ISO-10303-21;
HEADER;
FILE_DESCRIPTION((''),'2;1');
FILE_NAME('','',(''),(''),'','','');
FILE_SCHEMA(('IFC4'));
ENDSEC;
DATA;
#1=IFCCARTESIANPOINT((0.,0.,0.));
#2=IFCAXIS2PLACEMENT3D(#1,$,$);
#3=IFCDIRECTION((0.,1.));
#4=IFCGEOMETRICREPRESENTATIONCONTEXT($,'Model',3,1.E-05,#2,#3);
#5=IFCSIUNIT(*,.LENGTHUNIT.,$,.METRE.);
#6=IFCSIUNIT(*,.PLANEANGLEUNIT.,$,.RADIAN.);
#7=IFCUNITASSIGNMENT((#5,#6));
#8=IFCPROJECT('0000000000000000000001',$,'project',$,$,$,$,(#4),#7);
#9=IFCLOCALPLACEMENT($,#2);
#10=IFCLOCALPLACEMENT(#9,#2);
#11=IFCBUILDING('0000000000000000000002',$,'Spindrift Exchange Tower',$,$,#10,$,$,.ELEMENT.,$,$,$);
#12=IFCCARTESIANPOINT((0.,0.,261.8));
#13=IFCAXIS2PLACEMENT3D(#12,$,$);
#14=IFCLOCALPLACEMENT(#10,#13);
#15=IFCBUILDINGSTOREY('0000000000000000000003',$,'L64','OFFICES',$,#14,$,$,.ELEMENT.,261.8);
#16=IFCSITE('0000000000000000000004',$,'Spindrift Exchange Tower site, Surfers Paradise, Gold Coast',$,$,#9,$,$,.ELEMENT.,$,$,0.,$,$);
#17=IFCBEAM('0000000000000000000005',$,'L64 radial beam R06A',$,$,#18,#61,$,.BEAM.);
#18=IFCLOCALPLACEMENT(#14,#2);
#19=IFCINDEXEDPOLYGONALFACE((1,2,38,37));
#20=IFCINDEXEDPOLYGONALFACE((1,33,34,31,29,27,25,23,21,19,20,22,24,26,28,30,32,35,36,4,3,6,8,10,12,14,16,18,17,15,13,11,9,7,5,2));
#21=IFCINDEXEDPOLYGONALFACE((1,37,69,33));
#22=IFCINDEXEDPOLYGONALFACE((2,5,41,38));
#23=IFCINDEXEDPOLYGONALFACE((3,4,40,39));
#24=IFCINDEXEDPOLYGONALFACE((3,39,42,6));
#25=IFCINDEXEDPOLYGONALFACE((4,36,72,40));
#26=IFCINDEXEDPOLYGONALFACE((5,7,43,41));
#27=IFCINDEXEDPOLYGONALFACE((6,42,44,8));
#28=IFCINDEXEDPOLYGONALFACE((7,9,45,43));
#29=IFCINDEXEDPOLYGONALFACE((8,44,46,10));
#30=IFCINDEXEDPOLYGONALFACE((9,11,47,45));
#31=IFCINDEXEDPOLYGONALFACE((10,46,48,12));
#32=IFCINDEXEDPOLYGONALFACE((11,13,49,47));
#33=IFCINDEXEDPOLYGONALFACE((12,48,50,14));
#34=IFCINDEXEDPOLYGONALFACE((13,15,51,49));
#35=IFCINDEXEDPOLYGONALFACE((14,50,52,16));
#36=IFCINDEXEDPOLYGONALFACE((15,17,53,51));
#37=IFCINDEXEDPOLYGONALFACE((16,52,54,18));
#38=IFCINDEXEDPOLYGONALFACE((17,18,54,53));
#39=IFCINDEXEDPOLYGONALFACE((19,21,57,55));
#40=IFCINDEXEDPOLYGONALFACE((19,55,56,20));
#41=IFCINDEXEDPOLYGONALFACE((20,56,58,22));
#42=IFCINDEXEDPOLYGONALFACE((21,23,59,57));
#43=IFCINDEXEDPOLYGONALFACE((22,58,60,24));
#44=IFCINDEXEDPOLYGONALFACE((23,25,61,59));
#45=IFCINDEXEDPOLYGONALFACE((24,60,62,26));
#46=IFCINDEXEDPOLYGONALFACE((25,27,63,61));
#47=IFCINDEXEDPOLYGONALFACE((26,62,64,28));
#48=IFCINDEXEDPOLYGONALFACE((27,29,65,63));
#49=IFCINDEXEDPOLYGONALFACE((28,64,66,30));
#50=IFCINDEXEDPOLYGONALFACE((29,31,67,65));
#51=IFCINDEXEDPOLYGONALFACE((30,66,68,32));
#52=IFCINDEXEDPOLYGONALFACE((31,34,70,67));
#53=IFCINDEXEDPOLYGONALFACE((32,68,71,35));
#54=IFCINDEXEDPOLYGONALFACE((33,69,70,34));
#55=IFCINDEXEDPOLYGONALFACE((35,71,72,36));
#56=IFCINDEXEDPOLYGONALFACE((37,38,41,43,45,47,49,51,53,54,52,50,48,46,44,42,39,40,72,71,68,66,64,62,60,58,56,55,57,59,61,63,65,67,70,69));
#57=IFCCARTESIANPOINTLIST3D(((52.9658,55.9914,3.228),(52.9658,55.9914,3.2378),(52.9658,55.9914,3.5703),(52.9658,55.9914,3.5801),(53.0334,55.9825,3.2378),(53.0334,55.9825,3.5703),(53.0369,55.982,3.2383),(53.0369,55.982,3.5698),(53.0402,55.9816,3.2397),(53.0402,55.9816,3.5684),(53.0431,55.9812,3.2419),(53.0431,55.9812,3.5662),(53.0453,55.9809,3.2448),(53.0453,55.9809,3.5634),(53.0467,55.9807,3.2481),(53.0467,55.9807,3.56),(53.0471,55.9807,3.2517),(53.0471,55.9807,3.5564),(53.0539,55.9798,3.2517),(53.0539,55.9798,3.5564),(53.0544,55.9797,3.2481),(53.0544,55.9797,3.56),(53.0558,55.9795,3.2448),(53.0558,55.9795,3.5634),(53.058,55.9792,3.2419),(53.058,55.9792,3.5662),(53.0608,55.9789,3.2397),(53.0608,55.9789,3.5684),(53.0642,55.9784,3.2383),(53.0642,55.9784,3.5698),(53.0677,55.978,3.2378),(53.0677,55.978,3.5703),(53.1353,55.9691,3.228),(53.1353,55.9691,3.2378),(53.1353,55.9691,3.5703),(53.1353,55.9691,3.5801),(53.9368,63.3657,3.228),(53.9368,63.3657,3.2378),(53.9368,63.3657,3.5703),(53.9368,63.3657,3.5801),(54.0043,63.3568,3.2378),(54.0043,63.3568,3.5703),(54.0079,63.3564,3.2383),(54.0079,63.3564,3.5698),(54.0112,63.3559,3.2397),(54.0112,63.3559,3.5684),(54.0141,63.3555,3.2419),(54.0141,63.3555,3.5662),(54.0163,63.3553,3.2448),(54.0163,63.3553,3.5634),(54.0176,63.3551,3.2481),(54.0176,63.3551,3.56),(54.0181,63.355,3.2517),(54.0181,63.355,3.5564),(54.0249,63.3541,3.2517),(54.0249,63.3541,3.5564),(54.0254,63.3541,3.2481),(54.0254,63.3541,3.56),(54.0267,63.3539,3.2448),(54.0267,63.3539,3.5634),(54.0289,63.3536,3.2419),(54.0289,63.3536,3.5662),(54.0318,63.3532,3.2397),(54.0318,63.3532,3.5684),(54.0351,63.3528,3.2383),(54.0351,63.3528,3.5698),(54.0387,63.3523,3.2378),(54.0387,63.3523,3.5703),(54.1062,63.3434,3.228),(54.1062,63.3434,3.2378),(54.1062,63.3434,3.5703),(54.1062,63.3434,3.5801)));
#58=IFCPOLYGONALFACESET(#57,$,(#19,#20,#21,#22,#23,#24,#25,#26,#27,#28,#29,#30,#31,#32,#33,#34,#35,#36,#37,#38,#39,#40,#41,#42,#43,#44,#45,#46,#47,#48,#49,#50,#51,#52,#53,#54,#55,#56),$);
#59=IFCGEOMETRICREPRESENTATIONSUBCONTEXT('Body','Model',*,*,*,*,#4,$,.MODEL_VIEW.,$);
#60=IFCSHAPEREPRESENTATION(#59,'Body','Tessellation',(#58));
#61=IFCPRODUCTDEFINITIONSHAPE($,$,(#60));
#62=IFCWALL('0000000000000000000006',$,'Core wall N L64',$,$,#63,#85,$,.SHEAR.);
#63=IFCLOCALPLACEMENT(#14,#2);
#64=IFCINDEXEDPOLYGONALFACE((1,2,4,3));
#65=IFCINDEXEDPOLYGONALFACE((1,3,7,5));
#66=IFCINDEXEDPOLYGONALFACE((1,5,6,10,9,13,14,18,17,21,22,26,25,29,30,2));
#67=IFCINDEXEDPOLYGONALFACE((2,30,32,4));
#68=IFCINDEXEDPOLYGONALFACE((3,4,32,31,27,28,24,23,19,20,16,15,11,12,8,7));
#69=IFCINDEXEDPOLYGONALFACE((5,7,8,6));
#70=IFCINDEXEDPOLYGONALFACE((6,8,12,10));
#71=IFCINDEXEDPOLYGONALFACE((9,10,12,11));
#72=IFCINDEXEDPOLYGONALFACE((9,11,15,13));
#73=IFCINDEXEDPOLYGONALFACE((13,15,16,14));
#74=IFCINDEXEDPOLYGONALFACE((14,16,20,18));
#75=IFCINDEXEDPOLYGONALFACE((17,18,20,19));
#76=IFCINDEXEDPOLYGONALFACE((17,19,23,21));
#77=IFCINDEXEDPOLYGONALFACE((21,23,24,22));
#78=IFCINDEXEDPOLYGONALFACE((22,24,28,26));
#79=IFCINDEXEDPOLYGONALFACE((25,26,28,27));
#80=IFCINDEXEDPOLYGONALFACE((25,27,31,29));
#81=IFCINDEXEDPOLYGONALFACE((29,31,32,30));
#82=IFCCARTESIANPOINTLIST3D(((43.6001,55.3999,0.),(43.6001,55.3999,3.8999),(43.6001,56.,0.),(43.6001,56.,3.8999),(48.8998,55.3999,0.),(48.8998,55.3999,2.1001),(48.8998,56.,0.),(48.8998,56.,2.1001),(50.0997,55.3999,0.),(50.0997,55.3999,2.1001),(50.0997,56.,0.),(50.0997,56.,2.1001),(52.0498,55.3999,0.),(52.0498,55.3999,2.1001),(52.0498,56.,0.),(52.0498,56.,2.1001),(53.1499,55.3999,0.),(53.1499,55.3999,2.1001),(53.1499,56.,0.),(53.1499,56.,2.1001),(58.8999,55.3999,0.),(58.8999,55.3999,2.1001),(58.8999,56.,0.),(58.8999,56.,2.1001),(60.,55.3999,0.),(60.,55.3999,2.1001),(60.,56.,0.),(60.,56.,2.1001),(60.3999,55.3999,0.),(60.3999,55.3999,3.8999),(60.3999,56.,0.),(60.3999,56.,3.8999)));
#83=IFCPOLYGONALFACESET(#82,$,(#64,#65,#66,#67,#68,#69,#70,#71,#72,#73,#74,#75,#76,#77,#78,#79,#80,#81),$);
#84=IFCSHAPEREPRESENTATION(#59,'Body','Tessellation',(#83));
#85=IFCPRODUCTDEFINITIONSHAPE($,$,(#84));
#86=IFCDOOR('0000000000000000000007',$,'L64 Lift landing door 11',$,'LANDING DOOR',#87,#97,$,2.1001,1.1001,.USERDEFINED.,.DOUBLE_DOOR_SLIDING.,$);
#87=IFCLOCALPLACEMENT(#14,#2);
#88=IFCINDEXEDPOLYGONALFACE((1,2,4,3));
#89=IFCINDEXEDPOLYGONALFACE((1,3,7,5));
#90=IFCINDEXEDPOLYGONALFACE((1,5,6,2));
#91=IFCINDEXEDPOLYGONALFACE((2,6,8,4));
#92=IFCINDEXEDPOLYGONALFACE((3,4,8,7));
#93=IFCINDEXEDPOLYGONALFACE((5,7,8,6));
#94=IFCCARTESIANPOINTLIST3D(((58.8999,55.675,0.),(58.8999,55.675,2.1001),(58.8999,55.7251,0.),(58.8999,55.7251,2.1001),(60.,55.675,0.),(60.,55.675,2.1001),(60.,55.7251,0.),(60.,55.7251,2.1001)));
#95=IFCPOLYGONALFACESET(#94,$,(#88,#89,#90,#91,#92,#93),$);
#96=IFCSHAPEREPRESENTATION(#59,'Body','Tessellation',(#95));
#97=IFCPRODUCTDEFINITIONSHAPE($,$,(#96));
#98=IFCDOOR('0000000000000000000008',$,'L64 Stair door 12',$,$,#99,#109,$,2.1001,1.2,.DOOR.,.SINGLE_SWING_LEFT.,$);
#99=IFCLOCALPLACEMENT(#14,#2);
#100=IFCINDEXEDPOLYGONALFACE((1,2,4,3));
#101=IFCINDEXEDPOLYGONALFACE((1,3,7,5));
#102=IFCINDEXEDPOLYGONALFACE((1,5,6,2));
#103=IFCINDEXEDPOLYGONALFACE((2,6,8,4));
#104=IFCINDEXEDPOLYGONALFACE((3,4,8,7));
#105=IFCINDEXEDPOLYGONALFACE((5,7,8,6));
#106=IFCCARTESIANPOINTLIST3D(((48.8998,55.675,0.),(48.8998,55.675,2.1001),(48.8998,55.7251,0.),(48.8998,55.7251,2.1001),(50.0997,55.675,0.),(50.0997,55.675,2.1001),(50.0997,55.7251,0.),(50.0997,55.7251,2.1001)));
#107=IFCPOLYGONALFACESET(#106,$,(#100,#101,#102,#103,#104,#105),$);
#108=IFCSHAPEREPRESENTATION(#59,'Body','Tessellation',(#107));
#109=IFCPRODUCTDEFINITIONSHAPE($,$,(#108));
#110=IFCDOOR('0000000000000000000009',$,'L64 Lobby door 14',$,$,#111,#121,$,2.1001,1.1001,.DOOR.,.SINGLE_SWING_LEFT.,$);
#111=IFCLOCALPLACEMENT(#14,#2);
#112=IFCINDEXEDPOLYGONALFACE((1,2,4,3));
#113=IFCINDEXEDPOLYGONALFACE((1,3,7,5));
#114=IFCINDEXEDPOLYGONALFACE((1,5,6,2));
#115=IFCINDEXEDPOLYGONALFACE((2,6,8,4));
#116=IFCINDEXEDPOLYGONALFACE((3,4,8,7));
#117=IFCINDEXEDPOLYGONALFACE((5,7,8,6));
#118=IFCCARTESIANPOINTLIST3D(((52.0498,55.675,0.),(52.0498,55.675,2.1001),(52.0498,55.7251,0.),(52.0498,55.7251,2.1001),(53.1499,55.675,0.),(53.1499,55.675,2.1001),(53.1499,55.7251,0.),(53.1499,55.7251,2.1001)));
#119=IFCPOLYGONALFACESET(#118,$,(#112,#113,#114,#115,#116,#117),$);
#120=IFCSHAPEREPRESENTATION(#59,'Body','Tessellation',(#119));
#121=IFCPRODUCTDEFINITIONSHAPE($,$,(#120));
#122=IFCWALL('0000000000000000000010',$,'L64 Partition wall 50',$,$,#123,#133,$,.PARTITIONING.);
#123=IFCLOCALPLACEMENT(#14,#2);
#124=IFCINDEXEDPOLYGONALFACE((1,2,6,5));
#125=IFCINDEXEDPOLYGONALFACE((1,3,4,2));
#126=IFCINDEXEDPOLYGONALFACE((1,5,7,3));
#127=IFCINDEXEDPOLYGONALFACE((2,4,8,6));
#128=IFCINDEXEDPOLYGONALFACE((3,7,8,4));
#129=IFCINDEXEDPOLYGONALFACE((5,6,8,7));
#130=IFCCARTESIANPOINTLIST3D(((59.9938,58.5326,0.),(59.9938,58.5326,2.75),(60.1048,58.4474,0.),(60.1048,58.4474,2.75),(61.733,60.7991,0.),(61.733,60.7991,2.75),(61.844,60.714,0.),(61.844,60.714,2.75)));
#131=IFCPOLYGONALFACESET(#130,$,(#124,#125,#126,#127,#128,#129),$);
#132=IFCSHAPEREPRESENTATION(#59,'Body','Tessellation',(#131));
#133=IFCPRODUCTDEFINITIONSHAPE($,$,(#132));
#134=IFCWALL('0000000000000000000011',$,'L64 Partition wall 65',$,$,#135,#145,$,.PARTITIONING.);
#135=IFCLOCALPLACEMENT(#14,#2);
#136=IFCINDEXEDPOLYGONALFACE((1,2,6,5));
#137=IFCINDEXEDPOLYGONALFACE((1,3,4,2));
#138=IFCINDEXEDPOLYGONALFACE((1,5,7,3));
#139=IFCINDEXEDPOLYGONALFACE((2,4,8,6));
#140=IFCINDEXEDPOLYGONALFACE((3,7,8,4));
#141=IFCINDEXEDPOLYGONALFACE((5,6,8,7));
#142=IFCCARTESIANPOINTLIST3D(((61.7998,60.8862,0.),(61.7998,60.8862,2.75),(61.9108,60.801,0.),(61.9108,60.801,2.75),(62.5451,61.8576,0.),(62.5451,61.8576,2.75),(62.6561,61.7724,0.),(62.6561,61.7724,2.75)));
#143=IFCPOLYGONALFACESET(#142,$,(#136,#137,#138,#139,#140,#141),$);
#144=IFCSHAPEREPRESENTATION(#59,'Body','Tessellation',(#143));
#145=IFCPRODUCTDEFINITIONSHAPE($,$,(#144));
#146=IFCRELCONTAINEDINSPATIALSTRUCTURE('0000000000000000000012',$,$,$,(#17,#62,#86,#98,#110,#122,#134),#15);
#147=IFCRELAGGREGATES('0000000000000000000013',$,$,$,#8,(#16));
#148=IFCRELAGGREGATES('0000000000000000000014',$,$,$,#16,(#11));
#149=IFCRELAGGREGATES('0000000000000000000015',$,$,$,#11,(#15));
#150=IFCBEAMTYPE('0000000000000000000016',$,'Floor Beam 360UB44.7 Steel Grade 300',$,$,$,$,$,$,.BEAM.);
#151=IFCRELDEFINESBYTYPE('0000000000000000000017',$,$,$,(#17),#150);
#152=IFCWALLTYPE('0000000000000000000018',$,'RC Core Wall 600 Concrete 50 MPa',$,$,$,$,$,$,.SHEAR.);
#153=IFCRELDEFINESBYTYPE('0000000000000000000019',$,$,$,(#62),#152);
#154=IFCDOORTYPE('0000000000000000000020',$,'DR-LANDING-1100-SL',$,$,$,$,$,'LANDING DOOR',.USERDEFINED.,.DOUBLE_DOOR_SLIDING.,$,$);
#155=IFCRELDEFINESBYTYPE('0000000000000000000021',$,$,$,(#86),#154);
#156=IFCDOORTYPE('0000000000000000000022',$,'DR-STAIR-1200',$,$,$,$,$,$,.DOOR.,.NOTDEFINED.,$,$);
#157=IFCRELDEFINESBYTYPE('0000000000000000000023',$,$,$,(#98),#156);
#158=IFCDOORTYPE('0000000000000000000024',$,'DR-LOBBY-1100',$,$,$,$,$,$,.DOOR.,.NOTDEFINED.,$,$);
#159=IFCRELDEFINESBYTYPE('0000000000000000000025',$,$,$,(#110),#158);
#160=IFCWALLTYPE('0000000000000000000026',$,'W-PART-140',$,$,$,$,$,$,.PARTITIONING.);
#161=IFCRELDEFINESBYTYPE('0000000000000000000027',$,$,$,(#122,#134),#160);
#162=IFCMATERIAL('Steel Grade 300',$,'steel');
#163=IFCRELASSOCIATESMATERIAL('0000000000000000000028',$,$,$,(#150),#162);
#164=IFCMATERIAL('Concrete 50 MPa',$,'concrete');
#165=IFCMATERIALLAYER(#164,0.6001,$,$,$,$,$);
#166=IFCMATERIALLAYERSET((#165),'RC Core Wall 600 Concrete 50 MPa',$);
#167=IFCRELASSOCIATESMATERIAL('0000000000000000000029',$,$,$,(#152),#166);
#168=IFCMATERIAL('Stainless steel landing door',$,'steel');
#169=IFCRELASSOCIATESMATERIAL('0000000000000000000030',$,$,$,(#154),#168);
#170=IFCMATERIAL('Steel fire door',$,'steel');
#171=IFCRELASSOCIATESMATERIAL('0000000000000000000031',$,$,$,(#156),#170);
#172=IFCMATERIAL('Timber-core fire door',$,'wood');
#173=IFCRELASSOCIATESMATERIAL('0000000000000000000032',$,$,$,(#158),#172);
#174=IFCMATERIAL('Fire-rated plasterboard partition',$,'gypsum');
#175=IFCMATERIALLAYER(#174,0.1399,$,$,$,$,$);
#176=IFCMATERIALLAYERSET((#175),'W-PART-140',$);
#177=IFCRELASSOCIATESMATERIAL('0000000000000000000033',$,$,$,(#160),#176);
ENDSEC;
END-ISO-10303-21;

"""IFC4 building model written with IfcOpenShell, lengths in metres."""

from ifc_helpers import new_model, si_unit, direction, frame, frame_2d, origin, origin_2d, place, context, subcontext, project, spatial, rectangle, i_section, extrude, source, transform, mapped, material, layer, layer_set, material_profile, profile_set, type_object, element, fill, save


model = new_model("IFC4")

# Units and contexts
model_context = context("Model", 3, precision=1e-05, world=origin(), true_north=direction((0.0, 1.0)))
body_context = subcontext(model_context, "Body", "Model", "MODEL_VIEW")
ifc_project = project(units=[si_unit("LENGTHUNIT", "METRE"), si_unit("PLANEANGLEUNIT", "RADIAN")], contexts=[model_context])

# Site, building, storey
site_placement = place(None, origin())
site = spatial("IfcSite", under=ifc_project, at=site_placement, Name="Spindrift Exchange Tower site, Surfers Paradise, Gold Coast", CompositionType="ELEMENT", RefElevation=0.0)
building_placement = place(site_placement, origin())
building = spatial("IfcBuilding", under=site, at=building_placement, Name="Spindrift Exchange Tower", CompositionType="ELEMENT")
storey_placement = place(building_placement, frame((0.0, 0.0, 261.8)))
storey = spatial("IfcBuildingStorey", under=building, at=storey_placement, Name="L64", Description="OFFICES", CompositionType="ELEMENT", Elevation=261.8)

# Beam
ifc_material_1 = material(Name="Steel Grade 300", Category="steel")
ifc_material_profile_1 = material_profile(ifc_material_1, i_section(OverallWidth=0.1709, OverallDepth=0.3521, WebThickness=0.0068, FlangeThickness=0.0098, FilletRadius=0.0139, at=origin_2d()), Name="360UB44.7")
ifc_profile_set_1 = profile_set([ifc_material_profile_1], Name="Steel Grade 300")
beam_type_1 = type_object("IfcBeamType", Name="Floor Beam 360UB44.7 Steel Grade 300", PredefinedType="BEAM", material=ifc_profile_set_1)
shared_shape_1 = source(origin(), body_context, "Body", "SweptSolid", [
    extrude(i_section(OverallWidth=0.1709, OverallDepth=0.3521, WebThickness=0.0068, FlangeThickness=0.0098, FilletRadius=0.0139, at=origin_2d()), origin(), (0.0, 0.0, 1.0), 7.438),
])
beam_1_placement = place(storey_placement, frame((53.0505, 55.9802, 3.4041), z_axis=(0.13054, 0.991443, 0.0), x_axis=(-0.991443, 0.13054, 0.0)))
element("IfcBeam", 1, at=beam_1_placement, inside=storey, type_object=beam_type_1, Name="L64 radial beam R06A", PredefinedType="BEAM", context=body_context, shape_type="MappedRepresentation", body=[
    mapped(shared_shape_1, transform((0.0, 0.0, 0.0), scale=1.0)),
])

# Wall, openings, doors
ifc_material_2 = material(Name="Concrete 50 MPa", Category="concrete")
ifc_layer_1 = layer(ifc_material_2, 0.6001)
ifc_layer_set_1 = layer_set([ifc_layer_1], Name="RC Core Wall 600 Concrete 50 MPa")
wall_type_1 = type_object("IfcWallType", Name="RC Core Wall 600 Concrete 50 MPa", PredefinedType="SHEAR", material=ifc_layer_set_1)
wall_1_placement = place(storey_placement, frame((60.3999, 55.7, 0.0), z_axis=(0.0, 0.0, 1.0), x_axis=(-1.0, 0.0, 0.0)))
wall_1 = element("IfcWall", 2, at=wall_1_placement, inside=storey, type_object=wall_type_1, Name="Core wall N L64", PredefinedType="SHEAR", context=body_context, shape_type="SweptSolid", body=[
    extrude(rectangle(XDim=16.7998, YDim=0.6001, at=frame_2d((8.3999, 0.0))), origin(), (0.0, 0.0, 1.0), 3.8999),
])
opening_1_placement = place(wall_1_placement, frame((0.3999, 0.0, 0.0)))
opening_1 = element("IfcOpeningElement", 3, at=opening_1_placement, cuts=wall_1, PredefinedType="OPENING", context=body_context, shape_type="SweptSolid", body=[
    extrude(rectangle(XDim=1.1001, YDim=2.1001, at=frame_2d((0.55, 1.05))), frame((0.0, 0.3101, 0.0), z_axis=(0.0, -1.0, 0.0), x_axis=(1.0, 0.0, 0.0)), (0.0, 0.0, 1.0), 0.6201),
])
opening_2_placement = place(wall_1_placement, frame((10.3, 0.0, 0.0)))
opening_2 = element("IfcOpeningElement", 4, at=opening_2_placement, cuts=wall_1, PredefinedType="OPENING", context=body_context, shape_type="SweptSolid", body=[
    extrude(rectangle(XDim=1.2, YDim=2.1001, at=frame_2d((0.6001, 1.05))), frame((0.0, 0.3101, 0.0), z_axis=(0.0, -1.0, 0.0), x_axis=(1.0, 0.0, 0.0)), (0.0, 0.0, 1.0), 0.6201),
])
opening_3_placement = place(wall_1_placement, frame((7.25, 0.0, 0.0)))
opening_3 = element("IfcOpeningElement", 5, at=opening_3_placement, cuts=wall_1, PredefinedType="OPENING", context=body_context, shape_type="SweptSolid", body=[
    extrude(rectangle(XDim=1.1001, YDim=2.1001, at=frame_2d((0.55, 1.05))), frame((0.0, 0.3101, 0.0), z_axis=(0.0, -1.0, 0.0), x_axis=(1.0, 0.0, 0.0)), (0.0, 0.0, 1.0), 0.6201),
])
ifc_material_3 = material(Name="Stainless steel landing door", Category="steel")
door_type_1 = type_object("IfcDoorType", Name="DR-LANDING-1100-SL", ElementType="LANDING DOOR", OperationType="DOUBLE_DOOR_SLIDING", PredefinedType="USERDEFINED", material=ifc_material_3)
shared_shape_2 = source(origin(), body_context, "Body", "SweptSolid", [
    extrude(rectangle(XDim=1.1001, YDim=2.1001, at=frame_2d((0.55, 1.05))), frame((0.0, 0.0249, 0.0), z_axis=(0.0, -1.0, 0.0), x_axis=(1.0, 0.0, 0.0)), (0.0, 0.0, 1.0), 0.05),
])
door_1_placement = place(opening_1_placement, origin())
door_1 = element("IfcDoor", 6, at=door_1_placement, inside=storey, type_object=door_type_1, Name="L64 Lift landing door 11", ObjectType="LANDING DOOR", OperationType="DOUBLE_DOOR_SLIDING", OverallHeight=2.1001, OverallWidth=1.1001, PredefinedType="USERDEFINED", context=body_context, shape_type="MappedRepresentation", body=[
    mapped(shared_shape_2, transform((0.0, 0.0, 0.0), scale=1.0)),
])
fill(opening_1, door_1)
ifc_material_4 = material(Name="Steel fire door", Category="steel")
door_type_2 = type_object("IfcDoorType", Name="DR-STAIR-1200", OperationType="NOTDEFINED", PredefinedType="DOOR", material=ifc_material_4)
shared_shape_3 = source(origin(), body_context, "Body", "SweptSolid", [
    extrude(rectangle(XDim=1.2, YDim=2.1001, at=frame_2d((0.6001, 1.05))), frame((0.0, 0.0249, 0.0), z_axis=(0.0, -1.0, 0.0), x_axis=(1.0, 0.0, 0.0)), (0.0, 0.0, 1.0), 0.05),
])
door_2_placement = place(opening_2_placement, origin())
door_2 = element("IfcDoor", 7, at=door_2_placement, inside=storey, type_object=door_type_2, Name="L64 Stair door 12", OperationType="SINGLE_SWING_LEFT", OverallHeight=2.1001, OverallWidth=1.2, PredefinedType="DOOR", context=body_context, shape_type="MappedRepresentation", body=[
    mapped(shared_shape_3, transform((0.0, 0.0, 0.0), scale=1.0)),
])
fill(opening_2, door_2)
ifc_material_5 = material(Name="Timber-core fire door", Category="wood")
door_type_3 = type_object("IfcDoorType", Name="DR-LOBBY-1100", OperationType="NOTDEFINED", PredefinedType="DOOR", material=ifc_material_5)
shared_shape_4 = source(origin(), body_context, "Body", "SweptSolid", [
    extrude(rectangle(XDim=1.1001, YDim=2.1001, at=frame_2d((0.55, 1.05))), frame((0.0, 0.0249, 0.0), z_axis=(0.0, -1.0, 0.0), x_axis=(1.0, 0.0, 0.0)), (0.0, 0.0, 1.0), 0.05),
])
door_3_placement = place(opening_3_placement, origin())
door_3 = element("IfcDoor", 8, at=door_3_placement, inside=storey, type_object=door_type_3, Name="L64 Lobby door 14", OperationType="SINGLE_SWING_LEFT", OverallHeight=2.1001, OverallWidth=1.1001, PredefinedType="DOOR", context=body_context, shape_type="MappedRepresentation", body=[
    mapped(shared_shape_4, transform((0.0, 0.0, 0.0), scale=1.0)),
])
fill(opening_3, door_3)

# Walls
ifc_material_6 = material(Name="Fire-rated plasterboard partition", Category="gypsum")
ifc_layer_2 = layer(ifc_material_6, 0.1399)
ifc_layer_set_2 = layer_set([ifc_layer_2], Name="W-PART-140")
wall_type_2 = type_object("IfcWallType", Name="W-PART-140", PredefinedType="PARTITIONING", material=ifc_layer_set_2)
wall_2_placement = place(storey_placement, frame((60.0493, 58.49, 0.0), z_axis=(0.0, 0.0, 1.0), x_axis=(0.608769, 0.793348, 0.0)))
element("IfcWall", 9, at=wall_2_placement, inside=storey, type_object=wall_type_2, Name="L64 Partition wall 50", PredefinedType="PARTITIONING", context=body_context, shape_type="SweptSolid", body=[
    extrude(rectangle(XDim=2.8569, YDim=0.1399, at=frame_2d((1.4285, 0.0))), origin(), (0.0, 0.0, 1.0), 2.75),
])
wall_3_placement = place(storey_placement, frame((61.8552, 60.8435, 0.0), z_axis=(0.0, 0.0, 1.0), x_axis=(0.608737, 0.793372, 0.0)))
element("IfcWall", 10, at=wall_3_placement, inside=storey, type_object=wall_type_2, Name="L64 Partition wall 65", PredefinedType="PARTITIONING", context=body_context, shape_type="SweptSolid", body=[
    extrude(rectangle(XDim=1.2244, YDim=0.1399, at=frame_2d((0.6123, 0.0))), origin(), (0.0, 0.0, 1.0), 2.75),
])

save(model, "model.ifc")
